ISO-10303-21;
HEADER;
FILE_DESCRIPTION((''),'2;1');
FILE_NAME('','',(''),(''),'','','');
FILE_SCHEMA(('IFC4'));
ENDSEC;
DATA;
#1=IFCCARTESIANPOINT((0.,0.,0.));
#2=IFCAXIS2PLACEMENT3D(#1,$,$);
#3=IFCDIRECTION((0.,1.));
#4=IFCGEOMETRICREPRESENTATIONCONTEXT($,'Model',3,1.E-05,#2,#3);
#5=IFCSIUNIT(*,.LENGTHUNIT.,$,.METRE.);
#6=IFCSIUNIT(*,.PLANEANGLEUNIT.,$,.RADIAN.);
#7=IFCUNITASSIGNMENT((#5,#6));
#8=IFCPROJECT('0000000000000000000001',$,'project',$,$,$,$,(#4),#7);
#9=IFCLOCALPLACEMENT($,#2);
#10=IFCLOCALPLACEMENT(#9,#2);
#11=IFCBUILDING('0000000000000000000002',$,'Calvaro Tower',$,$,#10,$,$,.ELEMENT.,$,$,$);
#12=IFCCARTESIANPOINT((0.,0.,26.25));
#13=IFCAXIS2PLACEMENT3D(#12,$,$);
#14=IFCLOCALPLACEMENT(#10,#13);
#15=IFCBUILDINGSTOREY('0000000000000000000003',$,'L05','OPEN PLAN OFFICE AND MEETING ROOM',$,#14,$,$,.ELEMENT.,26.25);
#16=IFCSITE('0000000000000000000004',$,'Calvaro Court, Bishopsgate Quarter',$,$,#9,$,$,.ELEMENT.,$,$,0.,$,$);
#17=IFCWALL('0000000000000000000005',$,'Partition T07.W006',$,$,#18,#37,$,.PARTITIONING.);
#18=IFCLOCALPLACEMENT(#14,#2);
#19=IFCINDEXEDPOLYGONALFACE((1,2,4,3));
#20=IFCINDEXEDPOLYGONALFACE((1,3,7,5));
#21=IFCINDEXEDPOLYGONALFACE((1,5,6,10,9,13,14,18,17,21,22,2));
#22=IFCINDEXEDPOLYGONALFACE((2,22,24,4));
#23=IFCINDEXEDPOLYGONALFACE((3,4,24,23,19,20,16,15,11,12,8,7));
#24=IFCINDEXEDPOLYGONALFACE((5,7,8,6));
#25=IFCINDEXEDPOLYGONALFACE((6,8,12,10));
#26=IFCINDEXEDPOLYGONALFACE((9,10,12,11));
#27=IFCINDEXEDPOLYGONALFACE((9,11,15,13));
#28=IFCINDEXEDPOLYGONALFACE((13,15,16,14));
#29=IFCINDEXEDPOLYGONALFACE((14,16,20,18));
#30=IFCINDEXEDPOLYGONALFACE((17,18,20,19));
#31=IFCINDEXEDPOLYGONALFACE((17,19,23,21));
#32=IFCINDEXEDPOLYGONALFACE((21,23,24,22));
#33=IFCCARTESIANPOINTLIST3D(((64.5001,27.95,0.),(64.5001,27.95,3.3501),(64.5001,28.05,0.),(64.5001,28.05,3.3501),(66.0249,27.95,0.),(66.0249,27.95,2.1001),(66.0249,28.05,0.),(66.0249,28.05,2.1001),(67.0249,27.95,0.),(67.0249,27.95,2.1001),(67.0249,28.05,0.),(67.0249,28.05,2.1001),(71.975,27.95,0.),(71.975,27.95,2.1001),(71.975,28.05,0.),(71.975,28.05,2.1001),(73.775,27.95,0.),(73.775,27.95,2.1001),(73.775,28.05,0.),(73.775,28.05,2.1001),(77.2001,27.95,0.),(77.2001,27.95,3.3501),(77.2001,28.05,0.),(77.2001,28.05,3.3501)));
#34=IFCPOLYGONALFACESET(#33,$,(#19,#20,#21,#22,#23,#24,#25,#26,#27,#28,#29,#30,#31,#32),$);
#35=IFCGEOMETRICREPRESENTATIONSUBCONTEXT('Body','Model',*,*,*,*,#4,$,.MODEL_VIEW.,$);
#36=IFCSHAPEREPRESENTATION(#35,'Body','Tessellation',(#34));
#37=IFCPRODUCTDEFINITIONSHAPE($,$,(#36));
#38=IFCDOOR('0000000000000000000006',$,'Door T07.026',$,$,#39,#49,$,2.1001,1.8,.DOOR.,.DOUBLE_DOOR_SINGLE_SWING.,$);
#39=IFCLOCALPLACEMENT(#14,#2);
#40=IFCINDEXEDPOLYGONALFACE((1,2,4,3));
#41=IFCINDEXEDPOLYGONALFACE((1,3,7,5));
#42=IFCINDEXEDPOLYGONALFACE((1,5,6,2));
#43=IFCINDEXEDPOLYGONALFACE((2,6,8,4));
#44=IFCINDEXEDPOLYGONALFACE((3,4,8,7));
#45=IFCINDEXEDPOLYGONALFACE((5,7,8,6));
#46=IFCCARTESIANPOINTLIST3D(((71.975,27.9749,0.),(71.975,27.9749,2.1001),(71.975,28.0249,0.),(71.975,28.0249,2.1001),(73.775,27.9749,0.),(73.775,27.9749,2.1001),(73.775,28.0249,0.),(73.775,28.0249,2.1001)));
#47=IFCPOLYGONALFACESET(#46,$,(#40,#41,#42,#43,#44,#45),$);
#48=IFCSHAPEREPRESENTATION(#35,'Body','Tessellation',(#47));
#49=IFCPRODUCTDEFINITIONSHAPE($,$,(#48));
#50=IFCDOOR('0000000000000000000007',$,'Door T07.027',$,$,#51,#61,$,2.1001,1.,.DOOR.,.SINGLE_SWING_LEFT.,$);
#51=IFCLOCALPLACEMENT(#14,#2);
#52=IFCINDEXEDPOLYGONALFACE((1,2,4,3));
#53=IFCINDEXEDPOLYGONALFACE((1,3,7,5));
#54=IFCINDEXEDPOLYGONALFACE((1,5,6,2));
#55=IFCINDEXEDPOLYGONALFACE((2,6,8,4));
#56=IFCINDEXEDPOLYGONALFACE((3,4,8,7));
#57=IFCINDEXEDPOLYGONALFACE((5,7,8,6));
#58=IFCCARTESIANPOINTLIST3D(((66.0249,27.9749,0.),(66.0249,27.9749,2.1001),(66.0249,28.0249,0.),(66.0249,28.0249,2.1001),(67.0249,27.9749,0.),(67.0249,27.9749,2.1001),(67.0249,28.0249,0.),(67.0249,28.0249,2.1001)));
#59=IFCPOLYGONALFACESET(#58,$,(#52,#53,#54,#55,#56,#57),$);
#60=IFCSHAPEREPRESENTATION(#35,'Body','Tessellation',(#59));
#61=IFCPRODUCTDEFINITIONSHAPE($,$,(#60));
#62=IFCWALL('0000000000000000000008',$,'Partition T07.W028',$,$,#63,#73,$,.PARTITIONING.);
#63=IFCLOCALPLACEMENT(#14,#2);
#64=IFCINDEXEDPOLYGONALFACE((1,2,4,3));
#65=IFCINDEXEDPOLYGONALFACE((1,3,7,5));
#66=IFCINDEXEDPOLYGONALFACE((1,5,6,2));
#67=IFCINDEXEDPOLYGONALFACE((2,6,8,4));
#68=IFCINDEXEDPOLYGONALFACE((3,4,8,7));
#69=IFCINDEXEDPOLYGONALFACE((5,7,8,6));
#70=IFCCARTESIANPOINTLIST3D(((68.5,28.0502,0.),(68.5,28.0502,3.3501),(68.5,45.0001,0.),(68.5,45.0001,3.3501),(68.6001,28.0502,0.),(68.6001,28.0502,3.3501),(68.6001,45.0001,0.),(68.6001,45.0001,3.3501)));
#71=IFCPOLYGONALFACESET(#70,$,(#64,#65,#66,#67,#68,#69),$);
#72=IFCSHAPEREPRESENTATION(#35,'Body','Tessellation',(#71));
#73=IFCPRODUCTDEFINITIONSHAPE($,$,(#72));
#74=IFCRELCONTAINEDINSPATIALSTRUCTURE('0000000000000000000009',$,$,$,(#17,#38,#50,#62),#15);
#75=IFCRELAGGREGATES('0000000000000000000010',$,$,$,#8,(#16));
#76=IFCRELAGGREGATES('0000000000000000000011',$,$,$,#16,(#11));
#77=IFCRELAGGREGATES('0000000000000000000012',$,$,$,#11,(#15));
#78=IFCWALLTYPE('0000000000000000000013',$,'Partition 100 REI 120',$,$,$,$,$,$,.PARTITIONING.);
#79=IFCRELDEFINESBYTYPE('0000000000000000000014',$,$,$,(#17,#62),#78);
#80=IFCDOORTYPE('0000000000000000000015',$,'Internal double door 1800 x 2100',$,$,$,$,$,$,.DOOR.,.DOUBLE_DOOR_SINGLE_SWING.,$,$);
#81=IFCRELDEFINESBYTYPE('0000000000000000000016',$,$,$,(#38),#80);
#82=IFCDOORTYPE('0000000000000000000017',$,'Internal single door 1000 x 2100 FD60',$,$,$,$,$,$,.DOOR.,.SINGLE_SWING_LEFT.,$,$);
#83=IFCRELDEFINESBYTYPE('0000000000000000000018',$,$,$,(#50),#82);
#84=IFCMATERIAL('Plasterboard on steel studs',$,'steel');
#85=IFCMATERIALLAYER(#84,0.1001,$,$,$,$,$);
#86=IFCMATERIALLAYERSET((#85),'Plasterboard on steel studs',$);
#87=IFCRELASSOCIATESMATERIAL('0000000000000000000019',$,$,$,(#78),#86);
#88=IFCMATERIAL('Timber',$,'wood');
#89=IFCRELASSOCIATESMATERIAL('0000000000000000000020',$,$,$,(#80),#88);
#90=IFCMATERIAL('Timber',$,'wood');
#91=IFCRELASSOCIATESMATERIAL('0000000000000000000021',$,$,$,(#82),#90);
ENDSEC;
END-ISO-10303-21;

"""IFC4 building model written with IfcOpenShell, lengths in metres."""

from ifc_helpers import new_model, si_unit, direction, frame, frame_2d, origin, place, context, subcontext, project, spatial, rectangle, extrude, material, layer, layer_set, type_object, element, fill, save


model = new_model("IFC4")

# Units and contexts
model_context = context("Model", 3, precision=1e-05, world=origin(), true_north=direction((0.0, 1.0)))
body_context = subcontext(model_context, "Body", "Model", "MODEL_VIEW")
ifc_project = project(units=[si_unit("LENGTHUNIT", "METRE"), si_unit("PLANEANGLEUNIT", "RADIAN")], contexts=[model_context])

# Site, building, storey
site_placement = place(None, origin())
site = spatial("IfcSite", under=ifc_project, at=site_placement, Name="Calvaro Court, Bishopsgate Quarter", CompositionType="ELEMENT", RefElevation=0.0)
building_placement = place(site_placement, origin())
building = spatial("IfcBuilding", under=site, at=building_placement, Name="Calvaro Tower", CompositionType="ELEMENT")
storey_placement = place(building_placement, frame((0.0, 0.0, 26.25)))
storey = spatial("IfcBuildingStorey", under=building, at=storey_placement, Name="L05", Description="OPEN PLAN OFFICE AND MEETING ROOM", CompositionType="ELEMENT", Elevation=26.25)

# Wall, openings, doors
ifc_material_1 = material(Name="Plasterboard on steel studs", Category="steel")
ifc_layer_1 = layer(ifc_material_1, 0.1001)
ifc_layer_set_1 = layer_set([ifc_layer_1], Name="Plasterboard on steel studs")
wall_type_1 = type_object("IfcWallType", Name="Partition 100 REI 120", PredefinedType="PARTITIONING", material=ifc_layer_set_1)
wall_1_placement = place(storey_placement, frame((64.5, 28.0, 0.0), z_axis=(0.0, 0.0, 1.0), x_axis=(1.0, 0.0, 0.0)))
wall_1 = element("IfcWall", 1, at=wall_1_placement, inside=storey, type_object=wall_type_1, Name="Partition T07.W006", PredefinedType="PARTITIONING", context=body_context, shape_type="SweptSolid", body=[
    extrude(rectangle(XDim=12.7, YDim=0.1001, at=frame_2d((6.3501, 0.0))), origin(), (0.0, 0.0, 1.0), 3.3501),
])
opening_1_placement = place(wall_1_placement, frame((7.4751, 0.0, 0.0)))
opening_1 = element("IfcOpeningElement", 2, at=opening_1_placement, cuts=wall_1, PredefinedType="OPENING", context=body_context, shape_type="SweptSolid", body=[
    extrude(rectangle(XDim=1.8, YDim=2.1001, at=frame_2d((0.8999, 1.05))), frame((0.0, 0.0601, 0.0), z_axis=(0.0, -1.0, 0.0), x_axis=(1.0, 0.0, 0.0)), (0.0, 0.0, 1.0), 0.1201),
])
opening_2_placement = place(wall_1_placement, frame((1.5249, 0.0, 0.0)))
opening_2 = element("IfcOpeningElement", 3, at=opening_2_placement, cuts=wall_1, PredefinedType="OPENING", context=body_context, shape_type="SweptSolid", body=[
    extrude(rectangle(XDim=1.0, YDim=2.1001, at=frame_2d((0.5, 1.05))), frame((0.0, 0.0601, 0.0), z_axis=(0.0, -1.0, 0.0), x_axis=(1.0, 0.0, 0.0)), (0.0, 0.0, 1.0), 0.1201),
])
ifc_material_2 = material(Name="Timber", Category="wood")
door_type_1 = type_object("IfcDoorType", Name="Internal double door 1800 x 2100", OperationType="DOUBLE_DOOR_SINGLE_SWING", PredefinedType="DOOR", material=ifc_material_2)
door_1_placement = place(opening_1_placement, origin())
door_1 = element("IfcDoor", 4, at=door_1_placement, inside=storey, type_object=door_type_1, Name="Door T07.026", OperationType="DOUBLE_DOOR_SINGLE_SWING", OverallHeight=2.1001, OverallWidth=1.8, PredefinedType="DOOR", context=body_context, shape_type="SweptSolid", body=[
    extrude(rectangle(XDim=1.8, YDim=2.1001, at=frame_2d((0.8999, 1.05))), frame((0.0, 0.0249, 0.0), z_axis=(0.0, -1.0, 0.0), x_axis=(1.0, 0.0, 0.0)), (0.0, 0.0, 1.0), 0.05),
])
fill(opening_1, door_1)
ifc_material_3 = material(Name="Timber", Category="wood")
door_type_2 = type_object("IfcDoorType", Name="Internal single door 1000 x 2100 FD60", OperationType="SINGLE_SWING_LEFT", PredefinedType="DOOR", material=ifc_material_3)
door_2_placement = place(opening_2_placement, origin())
door_2 = element("IfcDoor", 5, at=door_2_placement, inside=storey, type_object=door_type_2, Name="Door T07.027", OperationType="SINGLE_SWING_LEFT", OverallHeight=2.1001, OverallWidth=1.0, PredefinedType="DOOR", context=body_context, shape_type="SweptSolid", body=[
    extrude(rectangle(XDim=1.0, YDim=2.1001, at=frame_2d((0.5, 1.05))), frame((0.0, 0.0249, 0.0), z_axis=(0.0, -1.0, 0.0), x_axis=(1.0, 0.0, 0.0)), (0.0, 0.0, 1.0), 0.05),
])
fill(opening_2, door_2)

# Wall
wall_2_placement = place(storey_placement, frame((68.55, 28.05, 0.0), z_axis=(0.0, 0.0, 1.0), x_axis=(0.0, 1.0, 0.0)))
element("IfcWall", 6, at=wall_2_placement, inside=storey, type_object=wall_type_1, Name="Partition T07.W028", PredefinedType="PARTITIONING", context=body_context, shape_type="SweptSolid", body=[
    extrude(rectangle(XDim=16.95, YDim=0.1001, at=frame_2d((8.4751, 0.0))), origin(), (0.0, 0.0, 1.0), 3.3501),
])

save(model, "model.ifc")
